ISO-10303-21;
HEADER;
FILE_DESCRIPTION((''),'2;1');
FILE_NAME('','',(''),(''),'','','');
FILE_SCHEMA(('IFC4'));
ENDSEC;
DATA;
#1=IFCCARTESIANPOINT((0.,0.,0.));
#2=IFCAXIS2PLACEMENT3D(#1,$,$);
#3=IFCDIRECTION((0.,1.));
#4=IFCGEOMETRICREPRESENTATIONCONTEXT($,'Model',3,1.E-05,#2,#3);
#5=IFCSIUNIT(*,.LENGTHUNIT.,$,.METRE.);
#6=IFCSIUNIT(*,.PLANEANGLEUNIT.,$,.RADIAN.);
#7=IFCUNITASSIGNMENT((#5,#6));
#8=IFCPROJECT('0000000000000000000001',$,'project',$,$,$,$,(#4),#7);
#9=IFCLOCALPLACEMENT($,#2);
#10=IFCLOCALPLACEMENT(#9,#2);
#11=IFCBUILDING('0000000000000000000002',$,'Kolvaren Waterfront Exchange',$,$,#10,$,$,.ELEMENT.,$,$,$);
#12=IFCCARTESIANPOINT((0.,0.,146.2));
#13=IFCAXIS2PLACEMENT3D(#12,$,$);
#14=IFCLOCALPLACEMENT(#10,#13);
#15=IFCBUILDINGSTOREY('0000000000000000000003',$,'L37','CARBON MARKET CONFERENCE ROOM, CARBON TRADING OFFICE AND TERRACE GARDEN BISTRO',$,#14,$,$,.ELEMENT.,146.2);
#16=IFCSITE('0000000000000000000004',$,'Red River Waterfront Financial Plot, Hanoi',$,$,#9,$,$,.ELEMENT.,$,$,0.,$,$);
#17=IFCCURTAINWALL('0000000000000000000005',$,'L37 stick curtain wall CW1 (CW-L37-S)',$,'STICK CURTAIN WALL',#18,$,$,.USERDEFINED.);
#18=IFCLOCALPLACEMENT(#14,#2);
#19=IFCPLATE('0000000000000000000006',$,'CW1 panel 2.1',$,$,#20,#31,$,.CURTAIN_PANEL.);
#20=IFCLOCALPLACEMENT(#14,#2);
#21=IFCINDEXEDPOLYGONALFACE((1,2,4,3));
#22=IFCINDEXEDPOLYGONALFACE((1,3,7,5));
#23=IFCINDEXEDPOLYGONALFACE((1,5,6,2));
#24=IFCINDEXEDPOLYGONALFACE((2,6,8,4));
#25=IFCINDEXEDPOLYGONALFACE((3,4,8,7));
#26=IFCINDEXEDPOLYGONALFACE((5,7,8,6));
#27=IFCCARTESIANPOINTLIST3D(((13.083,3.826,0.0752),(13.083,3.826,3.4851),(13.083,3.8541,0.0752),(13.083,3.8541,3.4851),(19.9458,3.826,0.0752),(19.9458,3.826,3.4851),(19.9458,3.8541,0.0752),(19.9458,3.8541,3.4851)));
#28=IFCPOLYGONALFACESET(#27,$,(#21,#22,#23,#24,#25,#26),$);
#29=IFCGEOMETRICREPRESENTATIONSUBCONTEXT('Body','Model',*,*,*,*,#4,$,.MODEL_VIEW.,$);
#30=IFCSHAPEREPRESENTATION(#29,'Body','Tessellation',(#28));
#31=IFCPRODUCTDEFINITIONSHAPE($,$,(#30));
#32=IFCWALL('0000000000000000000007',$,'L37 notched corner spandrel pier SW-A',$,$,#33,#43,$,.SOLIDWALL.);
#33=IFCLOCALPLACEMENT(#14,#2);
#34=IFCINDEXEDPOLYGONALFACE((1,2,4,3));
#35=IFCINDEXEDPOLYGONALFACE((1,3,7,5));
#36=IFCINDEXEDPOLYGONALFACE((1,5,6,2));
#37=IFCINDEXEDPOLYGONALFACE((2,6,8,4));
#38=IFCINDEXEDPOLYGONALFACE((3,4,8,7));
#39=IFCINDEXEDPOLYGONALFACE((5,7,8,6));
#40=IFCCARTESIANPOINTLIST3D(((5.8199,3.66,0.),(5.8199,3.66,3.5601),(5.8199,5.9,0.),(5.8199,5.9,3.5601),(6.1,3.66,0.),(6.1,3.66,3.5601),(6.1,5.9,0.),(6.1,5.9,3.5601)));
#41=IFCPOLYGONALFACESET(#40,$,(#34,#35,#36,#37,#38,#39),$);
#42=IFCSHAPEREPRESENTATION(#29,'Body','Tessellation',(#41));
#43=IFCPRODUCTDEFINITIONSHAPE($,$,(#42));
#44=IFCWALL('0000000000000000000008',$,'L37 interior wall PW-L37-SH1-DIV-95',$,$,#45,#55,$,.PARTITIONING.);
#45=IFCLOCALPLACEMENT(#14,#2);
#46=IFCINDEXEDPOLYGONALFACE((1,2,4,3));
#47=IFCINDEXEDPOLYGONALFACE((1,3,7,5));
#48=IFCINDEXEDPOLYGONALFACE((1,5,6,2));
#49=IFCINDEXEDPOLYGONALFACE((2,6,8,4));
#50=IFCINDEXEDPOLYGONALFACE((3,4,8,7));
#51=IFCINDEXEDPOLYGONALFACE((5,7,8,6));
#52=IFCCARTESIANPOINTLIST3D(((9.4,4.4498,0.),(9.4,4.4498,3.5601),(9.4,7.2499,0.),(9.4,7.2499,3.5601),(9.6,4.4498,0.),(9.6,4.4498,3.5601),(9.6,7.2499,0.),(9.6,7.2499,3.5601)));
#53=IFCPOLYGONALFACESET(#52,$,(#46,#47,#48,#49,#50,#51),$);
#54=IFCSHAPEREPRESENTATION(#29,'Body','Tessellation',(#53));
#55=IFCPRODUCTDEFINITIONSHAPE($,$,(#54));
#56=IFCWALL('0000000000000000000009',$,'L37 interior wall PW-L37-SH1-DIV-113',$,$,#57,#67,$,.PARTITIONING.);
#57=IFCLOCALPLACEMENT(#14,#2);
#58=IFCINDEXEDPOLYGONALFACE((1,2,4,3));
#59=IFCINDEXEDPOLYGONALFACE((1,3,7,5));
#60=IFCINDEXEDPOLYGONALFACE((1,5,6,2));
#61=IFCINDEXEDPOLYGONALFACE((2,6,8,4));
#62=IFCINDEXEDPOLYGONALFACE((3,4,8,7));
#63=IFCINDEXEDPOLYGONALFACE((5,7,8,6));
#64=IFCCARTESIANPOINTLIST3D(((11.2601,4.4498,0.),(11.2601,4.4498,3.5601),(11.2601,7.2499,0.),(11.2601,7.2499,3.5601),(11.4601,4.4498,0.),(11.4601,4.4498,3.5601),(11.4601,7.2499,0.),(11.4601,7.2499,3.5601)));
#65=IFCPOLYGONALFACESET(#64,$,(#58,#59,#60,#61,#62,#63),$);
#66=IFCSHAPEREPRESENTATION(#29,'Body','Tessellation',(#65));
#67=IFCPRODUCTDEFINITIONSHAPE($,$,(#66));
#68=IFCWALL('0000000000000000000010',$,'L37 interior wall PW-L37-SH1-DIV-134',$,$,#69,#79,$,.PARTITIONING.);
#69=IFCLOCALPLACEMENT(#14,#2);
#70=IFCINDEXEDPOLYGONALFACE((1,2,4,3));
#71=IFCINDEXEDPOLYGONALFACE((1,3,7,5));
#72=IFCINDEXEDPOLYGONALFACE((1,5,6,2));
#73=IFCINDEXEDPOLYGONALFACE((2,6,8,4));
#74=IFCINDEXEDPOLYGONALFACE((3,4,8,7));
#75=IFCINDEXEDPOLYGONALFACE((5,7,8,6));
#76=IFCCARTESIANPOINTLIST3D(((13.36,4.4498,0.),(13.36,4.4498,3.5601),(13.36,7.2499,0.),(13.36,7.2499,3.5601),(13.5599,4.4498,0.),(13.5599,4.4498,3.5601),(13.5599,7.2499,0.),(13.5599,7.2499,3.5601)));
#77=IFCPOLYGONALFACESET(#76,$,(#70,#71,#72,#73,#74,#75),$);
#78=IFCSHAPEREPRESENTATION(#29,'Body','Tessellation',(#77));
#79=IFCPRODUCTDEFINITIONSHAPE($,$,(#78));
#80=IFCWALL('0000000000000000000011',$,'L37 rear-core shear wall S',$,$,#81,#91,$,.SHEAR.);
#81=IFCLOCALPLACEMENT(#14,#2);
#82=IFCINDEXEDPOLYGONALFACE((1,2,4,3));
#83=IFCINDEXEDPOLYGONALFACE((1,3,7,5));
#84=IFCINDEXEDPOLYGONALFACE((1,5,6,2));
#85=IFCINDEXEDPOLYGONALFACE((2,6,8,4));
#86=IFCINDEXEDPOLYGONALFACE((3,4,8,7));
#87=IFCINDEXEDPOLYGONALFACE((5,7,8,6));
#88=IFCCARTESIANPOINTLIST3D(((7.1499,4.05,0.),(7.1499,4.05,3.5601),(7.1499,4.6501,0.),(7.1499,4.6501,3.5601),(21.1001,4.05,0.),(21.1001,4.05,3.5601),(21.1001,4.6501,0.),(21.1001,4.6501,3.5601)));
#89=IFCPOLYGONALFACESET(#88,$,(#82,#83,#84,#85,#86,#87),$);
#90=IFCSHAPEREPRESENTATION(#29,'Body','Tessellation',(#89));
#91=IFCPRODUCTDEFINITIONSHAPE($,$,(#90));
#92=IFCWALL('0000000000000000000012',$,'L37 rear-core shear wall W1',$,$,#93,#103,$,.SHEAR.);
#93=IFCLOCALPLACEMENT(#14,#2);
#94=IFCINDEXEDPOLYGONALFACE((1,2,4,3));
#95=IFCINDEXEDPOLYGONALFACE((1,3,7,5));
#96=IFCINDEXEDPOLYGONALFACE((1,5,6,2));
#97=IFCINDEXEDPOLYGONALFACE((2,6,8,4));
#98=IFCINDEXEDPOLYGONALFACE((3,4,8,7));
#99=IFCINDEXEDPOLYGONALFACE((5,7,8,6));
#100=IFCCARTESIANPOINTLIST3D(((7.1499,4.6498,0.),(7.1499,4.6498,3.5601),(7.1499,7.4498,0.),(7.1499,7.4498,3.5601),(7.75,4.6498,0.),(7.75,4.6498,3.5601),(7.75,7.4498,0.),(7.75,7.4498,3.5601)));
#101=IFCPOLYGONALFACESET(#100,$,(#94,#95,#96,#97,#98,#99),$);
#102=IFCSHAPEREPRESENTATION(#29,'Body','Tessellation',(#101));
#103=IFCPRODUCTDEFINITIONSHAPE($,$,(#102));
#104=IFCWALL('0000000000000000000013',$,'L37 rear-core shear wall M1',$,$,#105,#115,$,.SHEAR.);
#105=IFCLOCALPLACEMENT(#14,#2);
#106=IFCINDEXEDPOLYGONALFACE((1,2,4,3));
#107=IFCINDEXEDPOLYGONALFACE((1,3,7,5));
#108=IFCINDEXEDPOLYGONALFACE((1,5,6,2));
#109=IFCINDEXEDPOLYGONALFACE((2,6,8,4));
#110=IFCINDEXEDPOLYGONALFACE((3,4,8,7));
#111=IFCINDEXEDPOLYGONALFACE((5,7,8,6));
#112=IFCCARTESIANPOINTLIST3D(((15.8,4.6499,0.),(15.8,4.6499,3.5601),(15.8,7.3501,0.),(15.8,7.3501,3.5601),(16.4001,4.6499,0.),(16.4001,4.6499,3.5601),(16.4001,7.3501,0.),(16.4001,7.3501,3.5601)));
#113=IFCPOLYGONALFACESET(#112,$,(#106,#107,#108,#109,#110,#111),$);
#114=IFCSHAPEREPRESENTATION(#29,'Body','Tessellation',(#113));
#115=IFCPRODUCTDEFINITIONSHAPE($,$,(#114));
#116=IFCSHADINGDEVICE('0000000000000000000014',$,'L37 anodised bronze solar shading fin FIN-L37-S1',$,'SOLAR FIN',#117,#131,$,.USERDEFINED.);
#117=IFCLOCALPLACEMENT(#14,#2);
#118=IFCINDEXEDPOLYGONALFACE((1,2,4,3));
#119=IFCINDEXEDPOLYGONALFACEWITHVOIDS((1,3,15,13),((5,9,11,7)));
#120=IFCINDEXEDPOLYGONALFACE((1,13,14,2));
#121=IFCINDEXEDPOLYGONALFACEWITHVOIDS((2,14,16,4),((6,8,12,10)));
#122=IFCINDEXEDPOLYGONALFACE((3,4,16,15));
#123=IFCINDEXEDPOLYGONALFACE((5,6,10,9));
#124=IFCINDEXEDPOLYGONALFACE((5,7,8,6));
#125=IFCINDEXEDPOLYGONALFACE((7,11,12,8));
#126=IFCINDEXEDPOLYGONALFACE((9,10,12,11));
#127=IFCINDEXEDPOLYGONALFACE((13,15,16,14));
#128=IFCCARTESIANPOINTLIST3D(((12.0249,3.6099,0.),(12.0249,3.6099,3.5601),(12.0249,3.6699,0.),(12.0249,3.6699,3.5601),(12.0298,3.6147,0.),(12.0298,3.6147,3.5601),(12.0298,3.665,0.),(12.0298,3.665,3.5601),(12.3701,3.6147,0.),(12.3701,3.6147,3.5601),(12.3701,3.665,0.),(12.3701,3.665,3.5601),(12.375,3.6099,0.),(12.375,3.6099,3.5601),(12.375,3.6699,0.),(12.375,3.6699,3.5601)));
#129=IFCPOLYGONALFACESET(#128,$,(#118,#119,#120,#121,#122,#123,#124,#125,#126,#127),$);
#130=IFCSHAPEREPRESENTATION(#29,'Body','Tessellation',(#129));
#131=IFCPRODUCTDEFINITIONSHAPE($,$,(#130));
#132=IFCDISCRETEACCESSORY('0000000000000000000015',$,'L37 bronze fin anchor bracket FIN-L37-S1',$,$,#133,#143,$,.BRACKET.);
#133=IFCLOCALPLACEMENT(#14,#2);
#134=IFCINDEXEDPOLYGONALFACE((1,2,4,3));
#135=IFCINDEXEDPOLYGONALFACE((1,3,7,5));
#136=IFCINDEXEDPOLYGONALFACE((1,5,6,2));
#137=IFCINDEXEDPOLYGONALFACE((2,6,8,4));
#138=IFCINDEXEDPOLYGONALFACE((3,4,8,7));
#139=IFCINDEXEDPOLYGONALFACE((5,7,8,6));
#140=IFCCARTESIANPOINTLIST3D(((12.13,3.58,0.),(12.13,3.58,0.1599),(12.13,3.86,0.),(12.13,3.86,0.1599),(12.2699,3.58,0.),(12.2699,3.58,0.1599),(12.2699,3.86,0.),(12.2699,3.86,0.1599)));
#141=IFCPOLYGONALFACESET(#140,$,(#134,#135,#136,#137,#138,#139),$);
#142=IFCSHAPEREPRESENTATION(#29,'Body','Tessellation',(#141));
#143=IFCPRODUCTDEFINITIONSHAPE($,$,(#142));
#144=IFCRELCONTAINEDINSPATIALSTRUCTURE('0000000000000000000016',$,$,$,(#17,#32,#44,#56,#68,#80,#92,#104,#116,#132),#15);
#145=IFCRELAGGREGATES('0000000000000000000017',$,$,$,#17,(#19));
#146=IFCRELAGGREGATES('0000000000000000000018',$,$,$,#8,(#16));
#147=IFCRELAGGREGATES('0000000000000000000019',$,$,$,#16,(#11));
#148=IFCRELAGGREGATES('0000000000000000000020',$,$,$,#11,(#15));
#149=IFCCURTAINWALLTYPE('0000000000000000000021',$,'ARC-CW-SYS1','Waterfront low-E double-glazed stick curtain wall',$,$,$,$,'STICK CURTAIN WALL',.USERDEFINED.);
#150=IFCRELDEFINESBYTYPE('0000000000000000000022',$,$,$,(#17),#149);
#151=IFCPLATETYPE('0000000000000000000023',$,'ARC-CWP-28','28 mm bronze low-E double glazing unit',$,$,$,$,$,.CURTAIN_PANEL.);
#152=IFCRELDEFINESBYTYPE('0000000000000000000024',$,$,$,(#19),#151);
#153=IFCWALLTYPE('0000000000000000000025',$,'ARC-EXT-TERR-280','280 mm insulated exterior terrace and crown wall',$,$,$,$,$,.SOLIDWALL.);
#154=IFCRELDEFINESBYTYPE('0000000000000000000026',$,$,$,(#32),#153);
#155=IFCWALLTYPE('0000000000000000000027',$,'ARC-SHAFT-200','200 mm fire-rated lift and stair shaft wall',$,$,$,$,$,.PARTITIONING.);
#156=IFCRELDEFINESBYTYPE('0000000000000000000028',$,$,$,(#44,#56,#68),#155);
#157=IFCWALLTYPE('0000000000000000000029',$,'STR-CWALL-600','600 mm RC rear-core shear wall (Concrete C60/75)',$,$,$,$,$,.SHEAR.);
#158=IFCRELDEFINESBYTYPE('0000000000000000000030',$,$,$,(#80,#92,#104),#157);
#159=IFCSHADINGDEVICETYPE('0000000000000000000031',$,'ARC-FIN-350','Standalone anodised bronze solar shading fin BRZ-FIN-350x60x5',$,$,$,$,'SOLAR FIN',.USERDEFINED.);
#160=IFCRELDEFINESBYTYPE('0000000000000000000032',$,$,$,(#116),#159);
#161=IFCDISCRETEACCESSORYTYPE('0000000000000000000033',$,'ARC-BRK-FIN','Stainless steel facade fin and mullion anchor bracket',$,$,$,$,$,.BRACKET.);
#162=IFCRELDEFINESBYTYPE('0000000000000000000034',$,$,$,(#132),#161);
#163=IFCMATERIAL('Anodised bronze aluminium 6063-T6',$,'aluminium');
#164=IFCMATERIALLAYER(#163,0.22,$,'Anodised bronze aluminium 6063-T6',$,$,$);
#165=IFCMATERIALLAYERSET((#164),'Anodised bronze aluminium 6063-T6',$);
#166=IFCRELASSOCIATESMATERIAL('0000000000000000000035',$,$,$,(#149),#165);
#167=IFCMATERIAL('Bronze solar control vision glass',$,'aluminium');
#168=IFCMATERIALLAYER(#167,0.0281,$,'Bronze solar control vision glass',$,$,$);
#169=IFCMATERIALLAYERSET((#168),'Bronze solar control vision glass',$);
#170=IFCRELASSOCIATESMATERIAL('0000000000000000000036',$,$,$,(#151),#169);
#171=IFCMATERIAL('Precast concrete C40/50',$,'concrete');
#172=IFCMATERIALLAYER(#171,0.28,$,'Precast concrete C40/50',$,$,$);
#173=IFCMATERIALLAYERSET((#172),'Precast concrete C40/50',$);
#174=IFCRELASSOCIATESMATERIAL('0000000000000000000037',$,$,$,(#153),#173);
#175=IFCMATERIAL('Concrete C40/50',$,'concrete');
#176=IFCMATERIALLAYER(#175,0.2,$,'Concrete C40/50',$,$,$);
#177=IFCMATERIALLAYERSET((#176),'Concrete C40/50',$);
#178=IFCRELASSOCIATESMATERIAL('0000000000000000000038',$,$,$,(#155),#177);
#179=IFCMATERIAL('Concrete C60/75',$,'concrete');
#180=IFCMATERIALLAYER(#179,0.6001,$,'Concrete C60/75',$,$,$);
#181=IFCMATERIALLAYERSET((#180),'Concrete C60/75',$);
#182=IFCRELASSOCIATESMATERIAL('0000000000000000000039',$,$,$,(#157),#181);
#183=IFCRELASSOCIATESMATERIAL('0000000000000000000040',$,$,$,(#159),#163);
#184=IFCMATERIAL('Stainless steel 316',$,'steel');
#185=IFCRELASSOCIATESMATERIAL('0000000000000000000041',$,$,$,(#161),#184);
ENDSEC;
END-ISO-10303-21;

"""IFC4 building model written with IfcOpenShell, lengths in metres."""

from ifc_helpers import new_model, si_unit, direction, frame, frame_2d, origin, origin_with_axes, origin_2d, place, context, subcontext, project, spatial, rectangle, hollow_rectangle, extrude, source, transform, mapped, material, layer, layer_set, material_profile, profile_set, type_object, element, aggregate, save


model = new_model("IFC4")

# Units and contexts
model_context = context("Model", 3, precision=1e-05, world=origin(), true_north=direction((0.0, 1.0)))
body_context = subcontext(model_context, "Body", "Model", "MODEL_VIEW")
ifc_project = project(units=[si_unit("LENGTHUNIT", "METRE"), si_unit("PLANEANGLEUNIT", "RADIAN")], contexts=[model_context])

# Site, building, storey
site_placement = place(None, origin())
site = spatial("IfcSite", under=ifc_project, at=site_placement, Name="Red River Waterfront Financial Plot, Hanoi", CompositionType="ELEMENT", RefElevation=0.0)
building_placement = place(site_placement, origin())
building = spatial("IfcBuilding", under=site, at=building_placement, Name="Kolvaren Waterfront Exchange", CompositionType="ELEMENT")
storey_placement = place(building_placement, frame((0.0, 0.0, 146.2)))
storey = spatial("IfcBuildingStorey", under=building, at=storey_placement, Name="L37", Description="CARBON MARKET CONFERENCE ROOM, CARBON TRADING OFFICE AND TERRACE GARDEN BISTRO", CompositionType="ELEMENT", Elevation=146.2)

# Shared definitions
ifc_material_1 = material(Name="Concrete C60/75", Category="concrete")

# Curtain wall
ifc_material_2 = material(Name="Anodised bronze aluminium 6063-T6", Category="aluminium")
ifc_layer_1 = layer(ifc_material_2, 0.22, Name="Anodised bronze aluminium 6063-T6")
ifc_layer_set_1 = layer_set([ifc_layer_1], Name="Anodised bronze aluminium 6063-T6")
curtain_wall_type_1 = type_object("IfcCurtainWallType", Name="ARC-CW-SYS1", Description="Waterfront low-E double-glazed stick curtain wall", ElementType="STICK CURTAIN WALL", PredefinedType="USERDEFINED", material=ifc_layer_set_1)
curtain_wall_1_placement = place(storey_placement, origin())
curtain_wall_1 = element("IfcCurtainWall", 1, at=curtain_wall_1_placement, inside=storey, type_object=curtain_wall_type_1, Name="L37 stick curtain wall CW1 (CW-L37-S)", ObjectType="STICK CURTAIN WALL", PredefinedType="USERDEFINED")

# Plate
ifc_material_3 = material(Name="Bronze solar control vision glass", Category="aluminium")
ifc_layer_2 = layer(ifc_material_3, 0.0281, Name="Bronze solar control vision glass")
ifc_layer_set_2 = layer_set([ifc_layer_2], Name="Bronze solar control vision glass")
plate_type = type_object("IfcPlateType", Name="ARC-CWP-28", Description="28 mm bronze low-E double glazing unit", PredefinedType="CURTAIN_PANEL", material=ifc_layer_set_2)
shared_shape_1 = source(origin_with_axes(), body_context, "Body", "SweptSolid", [
    extrude(rectangle(XDim=6.8628, YDim=0.0281, at=origin_2d()), origin(), (0.0, 0.0, 1.0), 3.4099),
])
plate_1_placement = place(storey_placement, frame((16.5144, 3.8401, 0.0752), z_axis=(0.0, 0.0, 1.0), x_axis=(1.0, 0.0, 0.0)))
plate_1 = element("IfcPlate", 2, at=plate_1_placement, type_object=plate_type, Name="CW1 panel 2.1", PredefinedType="CURTAIN_PANEL", context=body_context, shape_type="MappedRepresentation", body=[
    mapped(shared_shape_1, transform((0.0, 0.0, 0.0), x_axis=(1.0, 0.0, 0.0), y_axis=(0.0, 1.0, 0.0), z_axis=(0.0, 0.0, 1.0), scale=1.0)),
])
aggregate(curtain_wall_1, [plate_1])

# Walls
ifc_material_4 = material(Name="Precast concrete C40/50", Category="concrete")
ifc_layer_3 = layer(ifc_material_4, 0.28, Name="Precast concrete C40/50")
ifc_layer_set_3 = layer_set([ifc_layer_3], Name="Precast concrete C40/50")
wall_type_1 = type_object("IfcWallType", Name="ARC-EXT-TERR-280", Description="280 mm insulated exterior terrace and crown wall", PredefinedType="SOLIDWALL", material=ifc_layer_set_3)
wall_1_placement = place(storey_placement, frame((5.96, 3.6599, 0.0), z_axis=(0.0, 0.0, 1.0), x_axis=(0.0, 1.0, 0.0)))
element("IfcWall", 3, at=wall_1_placement, inside=storey, type_object=wall_type_1, Name="L37 notched corner spandrel pier SW-A", PredefinedType="SOLIDWALL", context=body_context, shape_type="SweptSolid", body=[
    extrude(rectangle(XDim=2.24, YDim=0.28, at=frame_2d((1.1201, 0.0))), origin(), (0.0, 0.0, 1.0), 3.5601),
])
ifc_material_5 = material(Name="Concrete C40/50", Category="concrete")
ifc_layer_4 = layer(ifc_material_5, 0.2, Name="Concrete C40/50")
ifc_layer_set_4 = layer_set([ifc_layer_4], Name="Concrete C40/50")
wall_type_2 = type_object("IfcWallType", Name="ARC-SHAFT-200", Description="200 mm fire-rated lift and stair shaft wall", PredefinedType="PARTITIONING", material=ifc_layer_set_4)
for number, where, z_axis, x_axis, name in (
    (4, (9.5, 4.45, 0.0), (0.0, 0.0, 1.0), (0.0, 1.0, 0.0), "L37 interior wall PW-L37-SH1-DIV-95"),
    (5, (11.3601, 4.45, 0.0), (0.0, 0.0, 1.0), (0.0, 1.0, 0.0), "L37 interior wall PW-L37-SH1-DIV-113"),
    (6, (13.46, 4.45, 0.0), (0.0, 0.0, 1.0), (0.0, 1.0, 0.0), "L37 interior wall PW-L37-SH1-DIV-134"),
):
    element("IfcWall", number, at=place(storey_placement, frame(where, z_axis=z_axis, x_axis=x_axis)), inside=storey, type_object=wall_type_2, Name=name, PredefinedType="PARTITIONING", context=body_context, shape_type="SweptSolid", body=[
        extrude(rectangle(XDim=2.8, YDim=0.2, at=frame_2d((1.3999, 0.0))), origin(), (0.0, 0.0, 1.0), 3.5601),
    ])
ifc_layer_5 = layer(ifc_material_1, 0.6001, Name="Concrete C60/75")
ifc_layer_set_5 = layer_set([ifc_layer_5], Name="Concrete C60/75")
wall_type_3 = type_object("IfcWallType", Name="STR-CWALL-600", Description="600 mm RC rear-core shear wall (Concrete C60/75)", PredefinedType="SHEAR", material=ifc_layer_set_5)
wall_2_placement = place(storey_placement, frame((7.1499, 4.3501, 0.0), z_axis=(0.0, 0.0, 1.0), x_axis=(1.0, 0.0, 0.0)))
element("IfcWall", 7, at=wall_2_placement, inside=storey, type_object=wall_type_3, Name="L37 rear-core shear wall S", PredefinedType="SHEAR", context=body_context, shape_type="SweptSolid", body=[
    extrude(rectangle(XDim=13.9502, YDim=0.6001, at=frame_2d((6.9751, 0.0))), origin(), (0.0, 0.0, 1.0), 3.5601),
])
wall_3_placement = place(storey_placement, frame((7.45, 4.6499, 0.0), z_axis=(0.0, 0.0, 1.0), x_axis=(0.0, 1.0, 0.0)))
element("IfcWall", 8, at=wall_3_placement, inside=storey, type_object=wall_type_3, Name="L37 rear-core shear wall W1", PredefinedType="SHEAR", context=body_context, shape_type="SweptSolid", body=[
    extrude(rectangle(XDim=2.8, YDim=0.6001, at=frame_2d((1.3999, 0.0))), origin(), (0.0, 0.0, 1.0), 3.5601),
])
wall_4_placement = place(storey_placement, frame((16.1001, 4.6499, 0.0), z_axis=(0.0, 0.0, 1.0), x_axis=(0.0, 1.0, 0.0)))
element("IfcWall", 9, at=wall_4_placement, inside=storey, type_object=wall_type_3, Name="L37 rear-core shear wall M1", PredefinedType="SHEAR", context=body_context, shape_type="SweptSolid", body=[
    extrude(rectangle(XDim=2.7002, YDim=0.6001, at=frame_2d((1.3501, 0.0))), origin(), (0.0, 0.0, 1.0), 3.5601),
])

# Shading device
ifc_material_profile_1 = material_profile(ifc_material_2, hollow_rectangle(XDim=0.0601, YDim=0.3501, WallThickness=0.0049, at=origin_2d()), Name="BRZ-FIN-350x60x5")
ifc_profile_set_1 = profile_set([ifc_material_profile_1], Name="Anodised bronze aluminium 6063-T6")
shading_device_type = type_object("IfcShadingDeviceType", Name="ARC-FIN-350", Description="Standalone anodised bronze solar shading fin BRZ-FIN-350x60x5", ElementType="SOLAR FIN", PredefinedType="USERDEFINED", material=ifc_profile_set_1)
shading_device_placement = place(storey_placement, frame((12.2, 3.6399, 0.0), z_axis=(0.0, 0.0, 1.0), x_axis=(0.0, -1.0, 0.0)))
element("IfcShadingDevice", 10, at=shading_device_placement, inside=storey, type_object=shading_device_type, Name="L37 anodised bronze solar shading fin FIN-L37-S1", ObjectType="SOLAR FIN", PredefinedType="USERDEFINED", context=body_context, shape_type="SweptSolid", body=[
    extrude(hollow_rectangle(XDim=0.0601, YDim=0.3501, WallThickness=0.0049, at=origin_2d()), origin(), (0.0, 0.0, 1.0), 3.5601),
])

# Discrete accessory
ifc_material_6 = material(Name="Stainless steel 316", Category="steel")
discrete_accessory_type = type_object("IfcDiscreteAccessoryType", Name="ARC-BRK-FIN", Description="Stainless steel facade fin and mullion anchor bracket", PredefinedType="BRACKET", material=ifc_material_6)
shared_shape_2 = source(origin_with_axes(), body_context, "Body", "SweptSolid", [
    extrude(rectangle(XDim=0.28, YDim=0.1399, at=origin_2d()), origin(), (0.0, 0.0, 1.0), 0.1599),
])
discrete_accessory_placement = place(storey_placement, frame((12.2, 3.72, 0.0), z_axis=(0.0, 0.0, 1.0), x_axis=(0.0, -1.0, 0.0)))
element("IfcDiscreteAccessory", 11, at=discrete_accessory_placement, inside=storey, type_object=discrete_accessory_type, Name="L37 bronze fin anchor bracket FIN-L37-S1", PredefinedType="BRACKET", context=body_context, shape_type="MappedRepresentation", body=[
    mapped(shared_shape_2, transform((0.0, 0.0, 0.0), x_axis=(1.0, 0.0, 0.0), y_axis=(0.0, 1.0, 0.0), z_axis=(0.0, 0.0, 1.0), scale=1.0)),
])

save(model, "model.ifc")
